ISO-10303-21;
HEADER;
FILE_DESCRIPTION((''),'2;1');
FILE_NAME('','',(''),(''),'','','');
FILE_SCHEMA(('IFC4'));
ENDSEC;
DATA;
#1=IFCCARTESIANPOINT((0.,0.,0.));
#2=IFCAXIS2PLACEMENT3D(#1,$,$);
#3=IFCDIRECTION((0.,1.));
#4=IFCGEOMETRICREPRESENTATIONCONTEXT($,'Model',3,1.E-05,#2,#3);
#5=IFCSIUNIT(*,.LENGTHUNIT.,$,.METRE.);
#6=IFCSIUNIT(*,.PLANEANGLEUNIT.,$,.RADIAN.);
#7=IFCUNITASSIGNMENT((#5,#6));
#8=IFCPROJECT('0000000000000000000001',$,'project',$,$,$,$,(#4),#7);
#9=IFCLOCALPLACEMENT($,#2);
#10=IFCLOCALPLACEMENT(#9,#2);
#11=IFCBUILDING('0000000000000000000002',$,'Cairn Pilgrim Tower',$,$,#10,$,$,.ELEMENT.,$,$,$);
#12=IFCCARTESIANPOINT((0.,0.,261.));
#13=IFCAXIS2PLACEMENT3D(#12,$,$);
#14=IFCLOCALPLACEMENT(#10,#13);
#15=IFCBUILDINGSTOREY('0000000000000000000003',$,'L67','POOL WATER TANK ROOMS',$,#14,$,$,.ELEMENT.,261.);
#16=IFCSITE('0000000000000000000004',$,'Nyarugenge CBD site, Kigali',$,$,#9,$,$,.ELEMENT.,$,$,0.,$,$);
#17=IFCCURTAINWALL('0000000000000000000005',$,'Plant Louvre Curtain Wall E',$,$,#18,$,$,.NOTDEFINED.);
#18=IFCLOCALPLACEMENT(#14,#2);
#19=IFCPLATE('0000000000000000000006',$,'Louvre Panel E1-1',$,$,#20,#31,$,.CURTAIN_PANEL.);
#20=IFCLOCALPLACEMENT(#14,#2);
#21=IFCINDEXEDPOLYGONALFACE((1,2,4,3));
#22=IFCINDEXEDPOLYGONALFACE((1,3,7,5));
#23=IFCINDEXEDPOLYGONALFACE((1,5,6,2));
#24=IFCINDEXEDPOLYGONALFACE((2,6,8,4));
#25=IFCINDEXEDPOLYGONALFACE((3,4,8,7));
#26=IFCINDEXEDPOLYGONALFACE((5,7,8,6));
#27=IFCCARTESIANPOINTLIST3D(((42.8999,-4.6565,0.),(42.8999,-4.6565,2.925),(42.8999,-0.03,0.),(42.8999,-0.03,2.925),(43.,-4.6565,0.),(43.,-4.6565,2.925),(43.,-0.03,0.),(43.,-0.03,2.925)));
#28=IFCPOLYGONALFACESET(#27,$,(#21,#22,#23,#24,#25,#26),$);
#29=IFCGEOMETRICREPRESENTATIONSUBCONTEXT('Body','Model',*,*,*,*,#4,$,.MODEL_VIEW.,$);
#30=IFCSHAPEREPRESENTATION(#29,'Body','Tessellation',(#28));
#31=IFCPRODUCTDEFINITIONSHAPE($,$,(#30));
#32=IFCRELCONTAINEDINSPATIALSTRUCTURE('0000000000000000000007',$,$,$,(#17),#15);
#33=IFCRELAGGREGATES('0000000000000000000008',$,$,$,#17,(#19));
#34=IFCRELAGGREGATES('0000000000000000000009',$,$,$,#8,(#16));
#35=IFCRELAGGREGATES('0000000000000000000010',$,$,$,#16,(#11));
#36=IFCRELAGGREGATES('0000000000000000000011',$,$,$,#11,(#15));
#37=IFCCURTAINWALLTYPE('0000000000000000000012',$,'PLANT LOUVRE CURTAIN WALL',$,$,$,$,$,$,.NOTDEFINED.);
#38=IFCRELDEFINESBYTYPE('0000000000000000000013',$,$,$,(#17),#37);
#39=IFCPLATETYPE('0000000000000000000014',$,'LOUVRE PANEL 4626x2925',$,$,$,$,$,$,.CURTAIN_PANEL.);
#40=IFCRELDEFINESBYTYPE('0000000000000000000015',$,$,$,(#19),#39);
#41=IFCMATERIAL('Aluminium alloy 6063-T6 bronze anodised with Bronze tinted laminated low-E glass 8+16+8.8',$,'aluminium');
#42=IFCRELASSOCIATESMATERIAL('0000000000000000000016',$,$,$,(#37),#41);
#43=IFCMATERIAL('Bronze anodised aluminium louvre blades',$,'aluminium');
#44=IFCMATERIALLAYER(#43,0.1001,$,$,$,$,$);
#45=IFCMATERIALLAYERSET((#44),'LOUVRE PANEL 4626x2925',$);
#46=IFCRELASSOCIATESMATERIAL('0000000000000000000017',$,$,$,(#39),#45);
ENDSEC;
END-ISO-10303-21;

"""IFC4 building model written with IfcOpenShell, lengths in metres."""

from ifc_helpers import new_model, si_unit, direction, frame, origin, origin_2d, place, context, subcontext, project, spatial, rectangle, extrude, material, layer, layer_set, type_object, element, aggregate, save


model = new_model("IFC4")

# Units and contexts
model_context = context("Model", 3, precision=1e-05, world=origin(), true_north=direction((0.0, 1.0)))
body_context = subcontext(model_context, "Body", "Model", "MODEL_VIEW")
ifc_project = project(units=[si_unit("LENGTHUNIT", "METRE"), si_unit("PLANEANGLEUNIT", "RADIAN")], contexts=[model_context])

# Site, building, storey
site_placement = place(None, origin())
site = spatial("IfcSite", under=ifc_project, at=site_placement, Name="Nyarugenge CBD site, Kigali", CompositionType="ELEMENT", RefElevation=0.0)
building_placement = place(site_placement, origin())
building = spatial("IfcBuilding", under=site, at=building_placement, Name="Cairn Pilgrim Tower", CompositionType="ELEMENT")
storey_placement = place(building_placement, frame((0.0, 0.0, 261.0)))
storey = spatial("IfcBuildingStorey", under=building, at=storey_placement, Name="L67", Description="POOL WATER TANK ROOMS", CompositionType="ELEMENT", Elevation=261.0)

# Curtain wall
ifc_material_1 = material(Name="Aluminium alloy 6063-T6 bronze anodised with Bronze tinted laminated low-E glass 8+16+8.8", Category="aluminium")
curtain_wall_type = type_object("IfcCurtainWallType", Name="PLANT LOUVRE CURTAIN WALL", PredefinedType="NOTDEFINED", material=ifc_material_1)
curtain_wall_1_placement = place(storey_placement, origin())
curtain_wall_1 = element("IfcCurtainWall", 1, at=curtain_wall_1_placement, inside=storey, type_object=curtain_wall_type, Name="Plant Louvre Curtain Wall E", PredefinedType="NOTDEFINED")

# Shared definitions
ifc_material_2 = material(Name="Bronze anodised aluminium louvre blades", Category="aluminium")

# Plate
ifc_layer_1 = layer(ifc_material_2, 0.1001)
ifc_layer_set_1 = layer_set([ifc_layer_1], Name="LOUVRE PANEL 4626x2925")
plate_type_1 = type_object("IfcPlateType", Name="LOUVRE PANEL 4626x2925", PredefinedType="CURTAIN_PANEL", material=ifc_layer_set_1)
plate_1_placement = place(storey_placement, frame((42.95, -2.3433, 0.0), z_axis=(0.0, 0.0, 1.0), x_axis=(0.0, 1.0, 0.0)))
plate_1 = element("IfcPlate", 2, at=plate_1_placement, type_object=plate_type_1, Name="Louvre Panel E1-1", PredefinedType="CURTAIN_PANEL", context=body_context, shape_type="SweptSolid", body=[
    extrude(rectangle(XDim=4.6265, YDim=0.1001, at=origin_2d()), origin(), (0.0, 0.0, 1.0), 2.925),
])
aggregate(curtain_wall_1, [plate_1])

save(model, "model.ifc")
